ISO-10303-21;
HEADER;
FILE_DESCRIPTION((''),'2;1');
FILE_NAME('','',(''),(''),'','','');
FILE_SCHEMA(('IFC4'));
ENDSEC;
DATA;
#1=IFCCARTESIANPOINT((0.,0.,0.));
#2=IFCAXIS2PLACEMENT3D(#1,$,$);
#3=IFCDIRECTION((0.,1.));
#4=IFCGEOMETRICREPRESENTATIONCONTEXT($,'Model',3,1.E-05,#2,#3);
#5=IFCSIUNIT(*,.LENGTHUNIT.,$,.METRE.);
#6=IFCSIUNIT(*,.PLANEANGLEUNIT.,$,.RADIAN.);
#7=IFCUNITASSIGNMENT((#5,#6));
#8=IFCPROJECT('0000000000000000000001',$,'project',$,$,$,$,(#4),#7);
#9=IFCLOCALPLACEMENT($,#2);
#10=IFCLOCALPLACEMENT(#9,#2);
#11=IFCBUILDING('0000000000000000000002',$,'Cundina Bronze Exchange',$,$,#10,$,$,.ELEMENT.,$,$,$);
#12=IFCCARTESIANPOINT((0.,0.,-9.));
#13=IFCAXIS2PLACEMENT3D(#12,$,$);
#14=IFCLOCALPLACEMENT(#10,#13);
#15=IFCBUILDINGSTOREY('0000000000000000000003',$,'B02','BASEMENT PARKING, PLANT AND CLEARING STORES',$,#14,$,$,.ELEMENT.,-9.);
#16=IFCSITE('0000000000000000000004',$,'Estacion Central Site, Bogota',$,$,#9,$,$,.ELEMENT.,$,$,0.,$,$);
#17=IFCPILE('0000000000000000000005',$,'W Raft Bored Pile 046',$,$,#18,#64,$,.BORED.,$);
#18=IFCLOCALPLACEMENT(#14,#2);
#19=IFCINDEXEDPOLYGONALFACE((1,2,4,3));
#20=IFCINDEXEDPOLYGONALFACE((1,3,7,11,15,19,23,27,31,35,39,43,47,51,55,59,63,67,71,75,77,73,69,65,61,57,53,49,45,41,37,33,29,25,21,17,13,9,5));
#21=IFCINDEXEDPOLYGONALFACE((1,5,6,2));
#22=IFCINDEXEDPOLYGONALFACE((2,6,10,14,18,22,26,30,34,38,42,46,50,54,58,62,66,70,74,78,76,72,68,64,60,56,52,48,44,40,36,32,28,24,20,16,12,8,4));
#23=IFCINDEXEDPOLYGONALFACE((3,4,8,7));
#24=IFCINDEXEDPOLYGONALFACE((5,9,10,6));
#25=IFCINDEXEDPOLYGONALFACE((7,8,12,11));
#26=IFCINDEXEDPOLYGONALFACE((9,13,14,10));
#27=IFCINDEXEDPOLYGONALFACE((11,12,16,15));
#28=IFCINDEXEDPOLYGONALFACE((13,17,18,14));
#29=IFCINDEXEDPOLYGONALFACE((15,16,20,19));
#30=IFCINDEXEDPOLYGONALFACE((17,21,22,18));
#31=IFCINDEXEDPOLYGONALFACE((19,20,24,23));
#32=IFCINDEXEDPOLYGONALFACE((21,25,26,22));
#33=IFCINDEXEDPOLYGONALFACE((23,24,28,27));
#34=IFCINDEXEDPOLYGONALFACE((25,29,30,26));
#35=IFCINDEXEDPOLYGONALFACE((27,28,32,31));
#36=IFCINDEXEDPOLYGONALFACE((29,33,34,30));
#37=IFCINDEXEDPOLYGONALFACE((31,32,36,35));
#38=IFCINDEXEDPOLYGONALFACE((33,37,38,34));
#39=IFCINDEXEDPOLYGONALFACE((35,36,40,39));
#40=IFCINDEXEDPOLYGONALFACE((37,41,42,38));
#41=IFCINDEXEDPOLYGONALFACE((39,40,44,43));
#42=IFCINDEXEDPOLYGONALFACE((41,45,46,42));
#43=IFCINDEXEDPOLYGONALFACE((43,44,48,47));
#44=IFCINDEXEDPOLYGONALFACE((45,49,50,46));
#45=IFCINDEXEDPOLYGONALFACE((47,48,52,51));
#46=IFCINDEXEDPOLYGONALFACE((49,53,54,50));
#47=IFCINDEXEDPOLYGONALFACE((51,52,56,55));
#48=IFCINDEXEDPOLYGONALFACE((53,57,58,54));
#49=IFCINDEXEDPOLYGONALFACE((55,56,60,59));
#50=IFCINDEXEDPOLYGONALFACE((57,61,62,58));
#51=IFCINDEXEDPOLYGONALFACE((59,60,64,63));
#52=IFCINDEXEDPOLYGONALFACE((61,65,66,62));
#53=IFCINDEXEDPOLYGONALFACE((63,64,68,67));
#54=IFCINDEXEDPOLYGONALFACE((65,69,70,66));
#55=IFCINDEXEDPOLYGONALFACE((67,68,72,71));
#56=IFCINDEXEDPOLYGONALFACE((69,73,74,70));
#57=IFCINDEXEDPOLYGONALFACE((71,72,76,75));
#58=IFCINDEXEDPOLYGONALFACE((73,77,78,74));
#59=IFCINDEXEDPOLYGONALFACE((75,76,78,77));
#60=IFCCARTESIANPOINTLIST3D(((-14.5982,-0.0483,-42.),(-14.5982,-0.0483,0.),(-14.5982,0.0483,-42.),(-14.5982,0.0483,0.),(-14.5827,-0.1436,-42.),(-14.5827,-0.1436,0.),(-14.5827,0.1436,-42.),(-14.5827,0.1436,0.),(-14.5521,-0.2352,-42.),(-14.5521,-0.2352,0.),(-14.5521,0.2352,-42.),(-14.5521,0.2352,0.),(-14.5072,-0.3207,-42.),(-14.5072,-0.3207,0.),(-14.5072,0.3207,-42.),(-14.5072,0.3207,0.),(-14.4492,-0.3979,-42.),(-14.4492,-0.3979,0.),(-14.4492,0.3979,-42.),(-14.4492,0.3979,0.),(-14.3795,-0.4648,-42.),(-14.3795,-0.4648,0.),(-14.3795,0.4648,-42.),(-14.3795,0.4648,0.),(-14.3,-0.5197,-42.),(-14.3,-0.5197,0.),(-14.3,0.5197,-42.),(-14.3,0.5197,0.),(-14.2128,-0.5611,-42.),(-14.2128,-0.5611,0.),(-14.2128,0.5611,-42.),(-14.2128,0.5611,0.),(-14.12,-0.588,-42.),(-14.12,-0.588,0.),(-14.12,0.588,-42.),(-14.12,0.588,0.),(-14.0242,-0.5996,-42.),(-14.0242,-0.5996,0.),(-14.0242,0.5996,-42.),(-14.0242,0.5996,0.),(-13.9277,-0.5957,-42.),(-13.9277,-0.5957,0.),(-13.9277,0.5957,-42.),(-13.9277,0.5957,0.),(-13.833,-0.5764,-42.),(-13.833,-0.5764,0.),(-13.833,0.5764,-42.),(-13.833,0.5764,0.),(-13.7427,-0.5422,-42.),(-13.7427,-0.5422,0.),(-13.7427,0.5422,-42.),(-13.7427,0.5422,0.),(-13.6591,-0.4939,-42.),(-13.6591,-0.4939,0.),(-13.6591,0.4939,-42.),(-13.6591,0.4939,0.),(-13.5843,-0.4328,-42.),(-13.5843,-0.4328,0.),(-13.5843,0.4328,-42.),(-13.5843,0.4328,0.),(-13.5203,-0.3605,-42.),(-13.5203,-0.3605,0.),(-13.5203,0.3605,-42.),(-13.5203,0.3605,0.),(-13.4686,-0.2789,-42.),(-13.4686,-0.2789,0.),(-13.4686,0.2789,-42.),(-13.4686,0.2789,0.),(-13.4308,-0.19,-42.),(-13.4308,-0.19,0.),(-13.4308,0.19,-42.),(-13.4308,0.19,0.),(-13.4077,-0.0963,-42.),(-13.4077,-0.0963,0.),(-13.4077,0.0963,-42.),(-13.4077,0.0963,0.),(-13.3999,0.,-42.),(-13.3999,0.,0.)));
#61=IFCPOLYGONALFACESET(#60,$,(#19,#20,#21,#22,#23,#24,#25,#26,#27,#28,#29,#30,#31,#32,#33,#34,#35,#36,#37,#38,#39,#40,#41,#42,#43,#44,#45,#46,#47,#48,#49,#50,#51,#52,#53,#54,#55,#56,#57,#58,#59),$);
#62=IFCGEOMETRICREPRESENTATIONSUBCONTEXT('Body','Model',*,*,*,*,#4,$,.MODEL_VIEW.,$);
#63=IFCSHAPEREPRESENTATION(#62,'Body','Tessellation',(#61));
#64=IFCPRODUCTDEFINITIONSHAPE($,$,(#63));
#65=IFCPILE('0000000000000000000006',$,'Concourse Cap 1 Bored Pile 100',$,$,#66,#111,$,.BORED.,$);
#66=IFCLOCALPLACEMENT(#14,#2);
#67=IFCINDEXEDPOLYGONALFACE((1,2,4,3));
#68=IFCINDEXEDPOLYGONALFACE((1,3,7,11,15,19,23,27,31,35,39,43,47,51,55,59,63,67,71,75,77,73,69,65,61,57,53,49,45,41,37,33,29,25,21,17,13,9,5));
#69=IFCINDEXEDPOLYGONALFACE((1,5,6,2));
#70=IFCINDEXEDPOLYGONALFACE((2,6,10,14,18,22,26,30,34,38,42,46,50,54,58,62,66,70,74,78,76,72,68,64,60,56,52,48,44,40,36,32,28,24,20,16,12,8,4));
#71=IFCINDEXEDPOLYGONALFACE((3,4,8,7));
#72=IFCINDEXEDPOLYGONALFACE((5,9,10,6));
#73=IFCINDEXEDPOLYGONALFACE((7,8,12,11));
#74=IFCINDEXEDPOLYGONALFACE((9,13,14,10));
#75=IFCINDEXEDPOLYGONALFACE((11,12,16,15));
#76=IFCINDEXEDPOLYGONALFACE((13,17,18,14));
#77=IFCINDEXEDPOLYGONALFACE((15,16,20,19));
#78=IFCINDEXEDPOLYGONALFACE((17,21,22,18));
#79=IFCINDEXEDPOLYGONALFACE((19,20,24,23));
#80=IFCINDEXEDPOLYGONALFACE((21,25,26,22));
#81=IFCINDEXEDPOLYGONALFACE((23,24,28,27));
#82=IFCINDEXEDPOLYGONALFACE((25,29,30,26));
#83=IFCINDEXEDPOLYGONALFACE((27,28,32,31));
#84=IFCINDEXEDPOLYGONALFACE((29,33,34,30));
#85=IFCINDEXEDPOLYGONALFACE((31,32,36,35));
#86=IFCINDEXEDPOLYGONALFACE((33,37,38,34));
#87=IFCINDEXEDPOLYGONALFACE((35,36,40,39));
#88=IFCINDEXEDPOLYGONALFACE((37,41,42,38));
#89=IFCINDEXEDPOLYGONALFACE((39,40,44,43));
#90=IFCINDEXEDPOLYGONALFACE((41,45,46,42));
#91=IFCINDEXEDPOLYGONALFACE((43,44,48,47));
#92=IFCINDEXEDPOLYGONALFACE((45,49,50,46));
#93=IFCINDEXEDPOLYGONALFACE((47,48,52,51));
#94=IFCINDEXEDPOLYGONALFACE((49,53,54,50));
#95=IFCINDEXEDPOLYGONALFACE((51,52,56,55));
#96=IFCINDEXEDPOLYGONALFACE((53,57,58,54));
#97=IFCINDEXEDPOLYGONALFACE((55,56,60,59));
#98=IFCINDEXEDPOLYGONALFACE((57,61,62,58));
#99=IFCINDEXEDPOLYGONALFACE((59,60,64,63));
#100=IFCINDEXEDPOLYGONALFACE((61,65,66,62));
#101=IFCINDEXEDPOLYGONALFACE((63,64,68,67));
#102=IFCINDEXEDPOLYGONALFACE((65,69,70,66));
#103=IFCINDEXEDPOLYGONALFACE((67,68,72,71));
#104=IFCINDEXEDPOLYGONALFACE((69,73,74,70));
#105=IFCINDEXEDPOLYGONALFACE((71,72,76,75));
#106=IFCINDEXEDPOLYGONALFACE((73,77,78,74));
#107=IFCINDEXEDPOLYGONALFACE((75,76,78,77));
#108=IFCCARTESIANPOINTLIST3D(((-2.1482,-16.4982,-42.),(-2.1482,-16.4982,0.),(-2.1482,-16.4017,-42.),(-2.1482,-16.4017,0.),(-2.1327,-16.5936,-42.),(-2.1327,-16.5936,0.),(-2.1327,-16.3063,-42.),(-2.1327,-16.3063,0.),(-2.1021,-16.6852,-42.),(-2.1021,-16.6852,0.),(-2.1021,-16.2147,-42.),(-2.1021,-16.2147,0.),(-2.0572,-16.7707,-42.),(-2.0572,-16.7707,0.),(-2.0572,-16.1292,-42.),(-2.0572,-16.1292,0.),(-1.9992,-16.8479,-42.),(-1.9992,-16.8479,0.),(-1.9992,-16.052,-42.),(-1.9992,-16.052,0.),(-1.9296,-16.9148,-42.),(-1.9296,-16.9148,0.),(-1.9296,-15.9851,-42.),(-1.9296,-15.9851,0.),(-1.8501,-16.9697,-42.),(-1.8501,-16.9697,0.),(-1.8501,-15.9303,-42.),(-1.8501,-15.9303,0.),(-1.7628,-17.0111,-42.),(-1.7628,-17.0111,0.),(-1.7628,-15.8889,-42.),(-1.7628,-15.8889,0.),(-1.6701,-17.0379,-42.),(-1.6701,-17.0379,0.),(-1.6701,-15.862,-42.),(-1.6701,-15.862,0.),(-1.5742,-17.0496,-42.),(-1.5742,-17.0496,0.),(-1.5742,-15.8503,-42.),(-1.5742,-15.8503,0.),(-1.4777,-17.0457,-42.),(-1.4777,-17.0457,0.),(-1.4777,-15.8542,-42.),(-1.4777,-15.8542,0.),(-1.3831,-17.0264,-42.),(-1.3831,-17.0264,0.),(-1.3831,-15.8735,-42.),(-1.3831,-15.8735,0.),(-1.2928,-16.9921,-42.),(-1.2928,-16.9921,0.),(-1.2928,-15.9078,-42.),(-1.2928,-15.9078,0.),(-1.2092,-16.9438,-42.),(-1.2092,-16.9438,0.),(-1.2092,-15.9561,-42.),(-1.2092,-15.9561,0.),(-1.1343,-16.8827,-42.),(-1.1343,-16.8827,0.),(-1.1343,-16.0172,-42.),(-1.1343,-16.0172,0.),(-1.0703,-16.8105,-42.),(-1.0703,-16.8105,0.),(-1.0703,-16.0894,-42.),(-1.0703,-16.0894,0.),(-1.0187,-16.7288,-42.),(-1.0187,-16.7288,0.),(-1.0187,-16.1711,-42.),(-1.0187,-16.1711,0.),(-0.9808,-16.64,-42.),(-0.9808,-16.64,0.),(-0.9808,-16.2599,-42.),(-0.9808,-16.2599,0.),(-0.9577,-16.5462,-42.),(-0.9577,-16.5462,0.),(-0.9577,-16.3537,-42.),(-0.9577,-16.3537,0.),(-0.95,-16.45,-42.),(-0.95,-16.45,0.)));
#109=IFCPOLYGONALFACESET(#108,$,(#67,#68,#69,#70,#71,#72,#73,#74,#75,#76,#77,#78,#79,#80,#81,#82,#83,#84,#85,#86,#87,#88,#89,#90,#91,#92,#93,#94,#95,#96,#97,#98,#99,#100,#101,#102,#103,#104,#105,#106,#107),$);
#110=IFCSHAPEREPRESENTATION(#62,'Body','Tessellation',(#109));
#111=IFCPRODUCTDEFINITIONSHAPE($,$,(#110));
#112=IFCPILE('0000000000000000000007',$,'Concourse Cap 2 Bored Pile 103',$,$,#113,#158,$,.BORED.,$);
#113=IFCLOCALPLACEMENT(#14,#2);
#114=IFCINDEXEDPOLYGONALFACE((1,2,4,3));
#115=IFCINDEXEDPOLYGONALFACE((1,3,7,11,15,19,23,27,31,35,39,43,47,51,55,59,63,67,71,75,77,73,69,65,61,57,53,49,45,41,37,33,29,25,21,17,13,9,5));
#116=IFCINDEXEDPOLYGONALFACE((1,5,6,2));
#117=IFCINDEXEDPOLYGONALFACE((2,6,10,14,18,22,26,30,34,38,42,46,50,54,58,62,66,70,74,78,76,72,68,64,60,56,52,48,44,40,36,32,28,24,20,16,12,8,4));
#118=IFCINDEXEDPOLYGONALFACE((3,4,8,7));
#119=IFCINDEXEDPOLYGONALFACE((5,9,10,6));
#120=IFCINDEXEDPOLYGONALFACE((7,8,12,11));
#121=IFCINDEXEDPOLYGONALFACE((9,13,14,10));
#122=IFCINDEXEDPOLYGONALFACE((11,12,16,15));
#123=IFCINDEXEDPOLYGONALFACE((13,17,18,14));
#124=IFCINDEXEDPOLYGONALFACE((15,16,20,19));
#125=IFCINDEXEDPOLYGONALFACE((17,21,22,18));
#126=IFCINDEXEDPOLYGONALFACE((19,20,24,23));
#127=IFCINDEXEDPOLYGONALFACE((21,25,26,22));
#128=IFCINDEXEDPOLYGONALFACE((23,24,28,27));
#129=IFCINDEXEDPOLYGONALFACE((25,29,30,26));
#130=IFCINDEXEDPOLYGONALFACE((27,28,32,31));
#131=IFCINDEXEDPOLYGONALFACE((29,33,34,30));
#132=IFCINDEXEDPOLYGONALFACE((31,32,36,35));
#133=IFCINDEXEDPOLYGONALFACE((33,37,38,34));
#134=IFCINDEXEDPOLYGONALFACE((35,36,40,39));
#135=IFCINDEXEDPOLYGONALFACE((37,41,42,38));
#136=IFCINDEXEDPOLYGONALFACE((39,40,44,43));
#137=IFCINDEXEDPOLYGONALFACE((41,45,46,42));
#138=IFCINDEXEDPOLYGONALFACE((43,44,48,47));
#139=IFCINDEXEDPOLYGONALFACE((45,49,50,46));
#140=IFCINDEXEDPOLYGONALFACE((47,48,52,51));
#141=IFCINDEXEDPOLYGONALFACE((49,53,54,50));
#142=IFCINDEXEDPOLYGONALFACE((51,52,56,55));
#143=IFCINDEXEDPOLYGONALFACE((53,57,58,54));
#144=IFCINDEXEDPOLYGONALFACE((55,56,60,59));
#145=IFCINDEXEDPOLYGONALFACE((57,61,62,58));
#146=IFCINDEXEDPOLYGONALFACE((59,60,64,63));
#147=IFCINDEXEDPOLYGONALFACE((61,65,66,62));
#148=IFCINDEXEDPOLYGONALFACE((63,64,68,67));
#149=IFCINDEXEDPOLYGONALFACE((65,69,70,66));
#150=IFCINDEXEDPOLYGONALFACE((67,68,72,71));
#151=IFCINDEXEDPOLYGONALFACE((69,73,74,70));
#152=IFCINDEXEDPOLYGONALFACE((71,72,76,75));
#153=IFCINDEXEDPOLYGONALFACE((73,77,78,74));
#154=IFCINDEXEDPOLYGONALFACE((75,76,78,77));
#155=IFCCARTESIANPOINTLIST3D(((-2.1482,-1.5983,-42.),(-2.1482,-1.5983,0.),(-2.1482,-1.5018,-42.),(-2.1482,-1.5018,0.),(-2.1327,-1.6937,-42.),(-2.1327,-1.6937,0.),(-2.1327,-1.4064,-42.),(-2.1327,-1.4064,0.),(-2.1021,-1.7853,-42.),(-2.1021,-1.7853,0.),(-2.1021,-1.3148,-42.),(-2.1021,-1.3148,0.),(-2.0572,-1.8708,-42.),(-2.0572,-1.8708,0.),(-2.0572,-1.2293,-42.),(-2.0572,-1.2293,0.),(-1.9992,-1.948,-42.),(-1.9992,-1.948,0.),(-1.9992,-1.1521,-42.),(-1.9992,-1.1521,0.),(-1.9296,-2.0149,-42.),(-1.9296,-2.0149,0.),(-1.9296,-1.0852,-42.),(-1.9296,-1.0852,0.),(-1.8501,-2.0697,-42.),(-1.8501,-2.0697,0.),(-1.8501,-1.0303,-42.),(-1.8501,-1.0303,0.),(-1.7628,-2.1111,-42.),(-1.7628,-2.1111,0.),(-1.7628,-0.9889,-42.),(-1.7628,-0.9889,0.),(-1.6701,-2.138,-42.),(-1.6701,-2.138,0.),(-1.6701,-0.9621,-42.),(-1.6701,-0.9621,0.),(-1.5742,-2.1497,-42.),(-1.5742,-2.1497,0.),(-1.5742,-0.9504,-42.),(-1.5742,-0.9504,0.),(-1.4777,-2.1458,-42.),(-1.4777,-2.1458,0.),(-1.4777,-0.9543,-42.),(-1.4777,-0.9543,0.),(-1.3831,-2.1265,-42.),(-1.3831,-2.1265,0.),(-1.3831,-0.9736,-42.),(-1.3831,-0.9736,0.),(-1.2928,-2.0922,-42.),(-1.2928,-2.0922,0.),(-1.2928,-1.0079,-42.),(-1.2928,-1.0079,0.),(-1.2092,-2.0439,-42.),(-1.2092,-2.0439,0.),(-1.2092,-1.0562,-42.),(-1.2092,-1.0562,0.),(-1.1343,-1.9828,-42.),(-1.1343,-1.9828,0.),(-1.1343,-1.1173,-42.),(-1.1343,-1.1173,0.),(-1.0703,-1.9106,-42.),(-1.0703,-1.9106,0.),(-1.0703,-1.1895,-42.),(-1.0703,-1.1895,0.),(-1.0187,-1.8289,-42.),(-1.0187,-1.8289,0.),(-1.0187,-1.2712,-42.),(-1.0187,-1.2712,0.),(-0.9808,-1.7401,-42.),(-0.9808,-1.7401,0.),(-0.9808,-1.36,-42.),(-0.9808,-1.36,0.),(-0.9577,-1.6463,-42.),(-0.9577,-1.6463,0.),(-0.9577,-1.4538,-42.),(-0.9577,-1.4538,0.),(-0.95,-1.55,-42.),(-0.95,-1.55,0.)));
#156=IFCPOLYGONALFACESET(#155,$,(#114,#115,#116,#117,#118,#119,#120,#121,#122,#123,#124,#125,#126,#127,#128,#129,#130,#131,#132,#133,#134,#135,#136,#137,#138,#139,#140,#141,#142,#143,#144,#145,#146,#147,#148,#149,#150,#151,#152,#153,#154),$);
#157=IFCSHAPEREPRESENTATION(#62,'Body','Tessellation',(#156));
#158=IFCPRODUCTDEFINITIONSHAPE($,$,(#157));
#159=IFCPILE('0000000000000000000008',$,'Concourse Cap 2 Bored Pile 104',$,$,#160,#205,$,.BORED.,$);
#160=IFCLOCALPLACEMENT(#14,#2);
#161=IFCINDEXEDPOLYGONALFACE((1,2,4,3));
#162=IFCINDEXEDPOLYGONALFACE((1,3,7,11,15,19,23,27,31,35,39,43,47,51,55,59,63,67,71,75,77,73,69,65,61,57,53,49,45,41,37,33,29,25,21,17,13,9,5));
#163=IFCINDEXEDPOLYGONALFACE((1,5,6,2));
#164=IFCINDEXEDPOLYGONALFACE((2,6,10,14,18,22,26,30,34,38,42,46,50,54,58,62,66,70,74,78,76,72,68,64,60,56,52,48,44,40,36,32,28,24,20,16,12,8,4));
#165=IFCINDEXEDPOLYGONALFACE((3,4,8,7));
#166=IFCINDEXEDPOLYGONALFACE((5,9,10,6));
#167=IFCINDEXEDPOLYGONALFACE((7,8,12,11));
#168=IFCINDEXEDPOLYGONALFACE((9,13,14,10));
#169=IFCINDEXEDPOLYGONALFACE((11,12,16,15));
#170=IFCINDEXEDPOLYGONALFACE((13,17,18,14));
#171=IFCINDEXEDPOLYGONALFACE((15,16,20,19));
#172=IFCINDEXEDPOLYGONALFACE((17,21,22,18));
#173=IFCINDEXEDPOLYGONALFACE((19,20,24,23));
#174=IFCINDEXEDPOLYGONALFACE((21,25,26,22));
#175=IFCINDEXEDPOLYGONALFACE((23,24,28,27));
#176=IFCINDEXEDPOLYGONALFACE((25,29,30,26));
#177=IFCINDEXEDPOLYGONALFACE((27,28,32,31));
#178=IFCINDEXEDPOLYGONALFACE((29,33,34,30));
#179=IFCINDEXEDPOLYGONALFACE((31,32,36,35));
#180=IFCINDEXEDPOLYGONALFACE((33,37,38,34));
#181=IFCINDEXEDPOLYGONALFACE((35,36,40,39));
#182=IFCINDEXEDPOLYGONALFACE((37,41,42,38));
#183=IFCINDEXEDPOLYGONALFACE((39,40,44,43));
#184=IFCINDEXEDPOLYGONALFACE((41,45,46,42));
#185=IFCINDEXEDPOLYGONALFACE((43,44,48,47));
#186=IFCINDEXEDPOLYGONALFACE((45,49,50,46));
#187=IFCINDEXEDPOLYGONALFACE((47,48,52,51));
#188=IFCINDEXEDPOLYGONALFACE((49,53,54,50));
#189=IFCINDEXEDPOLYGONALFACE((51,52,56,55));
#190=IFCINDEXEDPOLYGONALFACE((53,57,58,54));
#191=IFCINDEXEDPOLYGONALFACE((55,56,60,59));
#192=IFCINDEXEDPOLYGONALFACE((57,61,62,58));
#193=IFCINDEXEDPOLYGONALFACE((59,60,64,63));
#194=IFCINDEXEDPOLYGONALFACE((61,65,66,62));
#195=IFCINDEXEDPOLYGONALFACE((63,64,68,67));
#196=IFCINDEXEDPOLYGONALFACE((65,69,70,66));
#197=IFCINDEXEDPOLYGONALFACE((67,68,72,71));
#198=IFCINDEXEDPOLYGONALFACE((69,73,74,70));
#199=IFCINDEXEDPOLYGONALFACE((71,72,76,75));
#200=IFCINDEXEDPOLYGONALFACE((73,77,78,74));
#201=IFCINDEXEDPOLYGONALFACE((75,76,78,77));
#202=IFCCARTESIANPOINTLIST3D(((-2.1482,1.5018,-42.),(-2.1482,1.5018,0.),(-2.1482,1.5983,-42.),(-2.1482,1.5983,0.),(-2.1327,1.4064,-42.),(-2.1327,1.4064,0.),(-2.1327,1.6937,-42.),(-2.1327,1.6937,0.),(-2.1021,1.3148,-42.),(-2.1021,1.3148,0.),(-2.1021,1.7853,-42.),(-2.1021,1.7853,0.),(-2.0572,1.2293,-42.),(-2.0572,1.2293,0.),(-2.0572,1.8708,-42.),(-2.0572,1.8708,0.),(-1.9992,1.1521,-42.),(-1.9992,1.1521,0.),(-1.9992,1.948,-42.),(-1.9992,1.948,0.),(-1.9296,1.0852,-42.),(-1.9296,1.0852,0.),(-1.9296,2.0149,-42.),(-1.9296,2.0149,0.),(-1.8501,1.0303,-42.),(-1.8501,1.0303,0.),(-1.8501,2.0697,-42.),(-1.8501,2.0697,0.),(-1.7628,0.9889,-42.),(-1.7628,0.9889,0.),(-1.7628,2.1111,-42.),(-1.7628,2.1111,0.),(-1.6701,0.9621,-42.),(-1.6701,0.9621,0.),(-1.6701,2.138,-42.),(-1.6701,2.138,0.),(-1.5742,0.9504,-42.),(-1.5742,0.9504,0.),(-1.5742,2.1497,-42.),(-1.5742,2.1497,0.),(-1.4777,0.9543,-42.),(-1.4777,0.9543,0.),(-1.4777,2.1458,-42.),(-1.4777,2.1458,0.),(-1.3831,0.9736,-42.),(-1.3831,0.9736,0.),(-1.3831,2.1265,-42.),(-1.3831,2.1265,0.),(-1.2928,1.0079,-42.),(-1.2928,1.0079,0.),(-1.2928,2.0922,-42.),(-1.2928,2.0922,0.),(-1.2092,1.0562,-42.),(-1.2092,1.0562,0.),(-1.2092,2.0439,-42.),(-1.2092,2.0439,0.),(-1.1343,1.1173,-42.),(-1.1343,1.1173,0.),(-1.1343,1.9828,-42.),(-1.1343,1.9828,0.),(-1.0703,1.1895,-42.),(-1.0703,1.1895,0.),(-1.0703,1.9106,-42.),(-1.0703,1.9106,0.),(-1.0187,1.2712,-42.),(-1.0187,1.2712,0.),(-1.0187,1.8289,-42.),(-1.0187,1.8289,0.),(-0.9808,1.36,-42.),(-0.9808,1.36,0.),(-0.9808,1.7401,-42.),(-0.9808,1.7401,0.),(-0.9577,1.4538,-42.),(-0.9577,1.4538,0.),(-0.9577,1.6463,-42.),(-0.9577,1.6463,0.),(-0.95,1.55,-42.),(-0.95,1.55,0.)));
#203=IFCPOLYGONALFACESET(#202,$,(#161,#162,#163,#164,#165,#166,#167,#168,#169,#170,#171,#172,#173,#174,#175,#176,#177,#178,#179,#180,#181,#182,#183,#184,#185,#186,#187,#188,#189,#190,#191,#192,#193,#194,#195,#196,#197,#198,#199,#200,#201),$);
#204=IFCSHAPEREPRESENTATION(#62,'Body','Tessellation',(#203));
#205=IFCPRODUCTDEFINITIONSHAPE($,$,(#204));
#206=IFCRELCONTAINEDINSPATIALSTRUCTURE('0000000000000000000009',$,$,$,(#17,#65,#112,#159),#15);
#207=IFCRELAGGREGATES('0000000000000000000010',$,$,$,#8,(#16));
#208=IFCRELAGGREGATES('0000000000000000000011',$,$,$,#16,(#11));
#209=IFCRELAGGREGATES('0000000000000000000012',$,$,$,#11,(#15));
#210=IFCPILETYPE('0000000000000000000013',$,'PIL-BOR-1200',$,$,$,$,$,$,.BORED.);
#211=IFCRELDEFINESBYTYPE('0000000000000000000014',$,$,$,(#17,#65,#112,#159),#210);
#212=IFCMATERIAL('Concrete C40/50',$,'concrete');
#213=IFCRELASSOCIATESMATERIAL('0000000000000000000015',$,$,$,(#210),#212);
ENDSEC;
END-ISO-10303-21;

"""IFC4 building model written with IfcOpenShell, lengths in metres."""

from ifc_helpers import new_model, si_unit, direction, frame, origin, origin_2d, place, context, subcontext, project, spatial, circle, extrude, material, material_profile, profile_set, type_object, element, save


model = new_model("IFC4")

# Units and contexts
model_context = context("Model", 3, precision=1e-05, world=origin(), true_north=direction((0.0, 1.0)))
body_context = subcontext(model_context, "Body", "Model", "MODEL_VIEW")
ifc_project = project(units=[si_unit("LENGTHUNIT", "METRE"), si_unit("PLANEANGLEUNIT", "RADIAN")], contexts=[model_context])

# Site, building, storey
site_placement = place(None, origin())
site = spatial("IfcSite", under=ifc_project, at=site_placement, Name="Estacion Central Site, Bogota", CompositionType="ELEMENT", RefElevation=0.0)
building_placement = place(site_placement, origin())
building = spatial("IfcBuilding", under=site, at=building_placement, Name="Cundina Bronze Exchange", CompositionType="ELEMENT")
storey_placement = place(building_placement, frame((0.0, 0.0, -9.0)))
storey = spatial("IfcBuildingStorey", under=building, at=storey_placement, Name="B02", Description="BASEMENT PARKING, PLANT AND CLEARING STORES", CompositionType="ELEMENT", Elevation=-9.0)

# Shared definitions
ifc_material_1 = material(Name="Concrete C40/50", Category="concrete")

# Piles
ifc_material_profile_1 = material_profile(ifc_material_1, circle(Radius=0.6001, at=origin_2d()), Name="PILE1200D", Category="concrete")
ifc_profile_set_1 = profile_set([ifc_material_profile_1], Name="Concrete C40/50")
pile_type_1 = type_object("IfcPileType", Name="PIL-BOR-1200", PredefinedType="BORED", material=ifc_profile_set_1)
for number, where, z_axis, x_axis, name in (
    (1, (-14.0, 0.0, 0.0), (0.0, 0.0, -1.0), (1.0, 0.0, 0.0), "W Raft Bored Pile 046"),
    (2, (-1.55, -16.45, 0.0), (0.0, 0.0, -1.0), (1.0, 0.0, 0.0), "Concourse Cap 1 Bored Pile 100"),
    (3, (-1.55, -1.55, 0.0), (0.0, 0.0, -1.0), (1.0, 0.0, 0.0), "Concourse Cap 2 Bored Pile 103"),
    (4, (-1.55, 1.55, 0.0), (0.0, 0.0, -1.0), (1.0, 0.0, 0.0), "Concourse Cap 2 Bored Pile 104"),
):
    element("IfcPile", number, at=place(storey_placement, frame(where, z_axis=z_axis, x_axis=x_axis)), inside=storey, type_object=pile_type_1, Name=name, PredefinedType="BORED", context=body_context, shape_type="SweptSolid", body=[
        extrude(circle(Radius=0.6001, at=origin_2d()), origin(), (0.0, 0.0, 1.0), 42.0),
    ])

save(model, "model.ifc")
